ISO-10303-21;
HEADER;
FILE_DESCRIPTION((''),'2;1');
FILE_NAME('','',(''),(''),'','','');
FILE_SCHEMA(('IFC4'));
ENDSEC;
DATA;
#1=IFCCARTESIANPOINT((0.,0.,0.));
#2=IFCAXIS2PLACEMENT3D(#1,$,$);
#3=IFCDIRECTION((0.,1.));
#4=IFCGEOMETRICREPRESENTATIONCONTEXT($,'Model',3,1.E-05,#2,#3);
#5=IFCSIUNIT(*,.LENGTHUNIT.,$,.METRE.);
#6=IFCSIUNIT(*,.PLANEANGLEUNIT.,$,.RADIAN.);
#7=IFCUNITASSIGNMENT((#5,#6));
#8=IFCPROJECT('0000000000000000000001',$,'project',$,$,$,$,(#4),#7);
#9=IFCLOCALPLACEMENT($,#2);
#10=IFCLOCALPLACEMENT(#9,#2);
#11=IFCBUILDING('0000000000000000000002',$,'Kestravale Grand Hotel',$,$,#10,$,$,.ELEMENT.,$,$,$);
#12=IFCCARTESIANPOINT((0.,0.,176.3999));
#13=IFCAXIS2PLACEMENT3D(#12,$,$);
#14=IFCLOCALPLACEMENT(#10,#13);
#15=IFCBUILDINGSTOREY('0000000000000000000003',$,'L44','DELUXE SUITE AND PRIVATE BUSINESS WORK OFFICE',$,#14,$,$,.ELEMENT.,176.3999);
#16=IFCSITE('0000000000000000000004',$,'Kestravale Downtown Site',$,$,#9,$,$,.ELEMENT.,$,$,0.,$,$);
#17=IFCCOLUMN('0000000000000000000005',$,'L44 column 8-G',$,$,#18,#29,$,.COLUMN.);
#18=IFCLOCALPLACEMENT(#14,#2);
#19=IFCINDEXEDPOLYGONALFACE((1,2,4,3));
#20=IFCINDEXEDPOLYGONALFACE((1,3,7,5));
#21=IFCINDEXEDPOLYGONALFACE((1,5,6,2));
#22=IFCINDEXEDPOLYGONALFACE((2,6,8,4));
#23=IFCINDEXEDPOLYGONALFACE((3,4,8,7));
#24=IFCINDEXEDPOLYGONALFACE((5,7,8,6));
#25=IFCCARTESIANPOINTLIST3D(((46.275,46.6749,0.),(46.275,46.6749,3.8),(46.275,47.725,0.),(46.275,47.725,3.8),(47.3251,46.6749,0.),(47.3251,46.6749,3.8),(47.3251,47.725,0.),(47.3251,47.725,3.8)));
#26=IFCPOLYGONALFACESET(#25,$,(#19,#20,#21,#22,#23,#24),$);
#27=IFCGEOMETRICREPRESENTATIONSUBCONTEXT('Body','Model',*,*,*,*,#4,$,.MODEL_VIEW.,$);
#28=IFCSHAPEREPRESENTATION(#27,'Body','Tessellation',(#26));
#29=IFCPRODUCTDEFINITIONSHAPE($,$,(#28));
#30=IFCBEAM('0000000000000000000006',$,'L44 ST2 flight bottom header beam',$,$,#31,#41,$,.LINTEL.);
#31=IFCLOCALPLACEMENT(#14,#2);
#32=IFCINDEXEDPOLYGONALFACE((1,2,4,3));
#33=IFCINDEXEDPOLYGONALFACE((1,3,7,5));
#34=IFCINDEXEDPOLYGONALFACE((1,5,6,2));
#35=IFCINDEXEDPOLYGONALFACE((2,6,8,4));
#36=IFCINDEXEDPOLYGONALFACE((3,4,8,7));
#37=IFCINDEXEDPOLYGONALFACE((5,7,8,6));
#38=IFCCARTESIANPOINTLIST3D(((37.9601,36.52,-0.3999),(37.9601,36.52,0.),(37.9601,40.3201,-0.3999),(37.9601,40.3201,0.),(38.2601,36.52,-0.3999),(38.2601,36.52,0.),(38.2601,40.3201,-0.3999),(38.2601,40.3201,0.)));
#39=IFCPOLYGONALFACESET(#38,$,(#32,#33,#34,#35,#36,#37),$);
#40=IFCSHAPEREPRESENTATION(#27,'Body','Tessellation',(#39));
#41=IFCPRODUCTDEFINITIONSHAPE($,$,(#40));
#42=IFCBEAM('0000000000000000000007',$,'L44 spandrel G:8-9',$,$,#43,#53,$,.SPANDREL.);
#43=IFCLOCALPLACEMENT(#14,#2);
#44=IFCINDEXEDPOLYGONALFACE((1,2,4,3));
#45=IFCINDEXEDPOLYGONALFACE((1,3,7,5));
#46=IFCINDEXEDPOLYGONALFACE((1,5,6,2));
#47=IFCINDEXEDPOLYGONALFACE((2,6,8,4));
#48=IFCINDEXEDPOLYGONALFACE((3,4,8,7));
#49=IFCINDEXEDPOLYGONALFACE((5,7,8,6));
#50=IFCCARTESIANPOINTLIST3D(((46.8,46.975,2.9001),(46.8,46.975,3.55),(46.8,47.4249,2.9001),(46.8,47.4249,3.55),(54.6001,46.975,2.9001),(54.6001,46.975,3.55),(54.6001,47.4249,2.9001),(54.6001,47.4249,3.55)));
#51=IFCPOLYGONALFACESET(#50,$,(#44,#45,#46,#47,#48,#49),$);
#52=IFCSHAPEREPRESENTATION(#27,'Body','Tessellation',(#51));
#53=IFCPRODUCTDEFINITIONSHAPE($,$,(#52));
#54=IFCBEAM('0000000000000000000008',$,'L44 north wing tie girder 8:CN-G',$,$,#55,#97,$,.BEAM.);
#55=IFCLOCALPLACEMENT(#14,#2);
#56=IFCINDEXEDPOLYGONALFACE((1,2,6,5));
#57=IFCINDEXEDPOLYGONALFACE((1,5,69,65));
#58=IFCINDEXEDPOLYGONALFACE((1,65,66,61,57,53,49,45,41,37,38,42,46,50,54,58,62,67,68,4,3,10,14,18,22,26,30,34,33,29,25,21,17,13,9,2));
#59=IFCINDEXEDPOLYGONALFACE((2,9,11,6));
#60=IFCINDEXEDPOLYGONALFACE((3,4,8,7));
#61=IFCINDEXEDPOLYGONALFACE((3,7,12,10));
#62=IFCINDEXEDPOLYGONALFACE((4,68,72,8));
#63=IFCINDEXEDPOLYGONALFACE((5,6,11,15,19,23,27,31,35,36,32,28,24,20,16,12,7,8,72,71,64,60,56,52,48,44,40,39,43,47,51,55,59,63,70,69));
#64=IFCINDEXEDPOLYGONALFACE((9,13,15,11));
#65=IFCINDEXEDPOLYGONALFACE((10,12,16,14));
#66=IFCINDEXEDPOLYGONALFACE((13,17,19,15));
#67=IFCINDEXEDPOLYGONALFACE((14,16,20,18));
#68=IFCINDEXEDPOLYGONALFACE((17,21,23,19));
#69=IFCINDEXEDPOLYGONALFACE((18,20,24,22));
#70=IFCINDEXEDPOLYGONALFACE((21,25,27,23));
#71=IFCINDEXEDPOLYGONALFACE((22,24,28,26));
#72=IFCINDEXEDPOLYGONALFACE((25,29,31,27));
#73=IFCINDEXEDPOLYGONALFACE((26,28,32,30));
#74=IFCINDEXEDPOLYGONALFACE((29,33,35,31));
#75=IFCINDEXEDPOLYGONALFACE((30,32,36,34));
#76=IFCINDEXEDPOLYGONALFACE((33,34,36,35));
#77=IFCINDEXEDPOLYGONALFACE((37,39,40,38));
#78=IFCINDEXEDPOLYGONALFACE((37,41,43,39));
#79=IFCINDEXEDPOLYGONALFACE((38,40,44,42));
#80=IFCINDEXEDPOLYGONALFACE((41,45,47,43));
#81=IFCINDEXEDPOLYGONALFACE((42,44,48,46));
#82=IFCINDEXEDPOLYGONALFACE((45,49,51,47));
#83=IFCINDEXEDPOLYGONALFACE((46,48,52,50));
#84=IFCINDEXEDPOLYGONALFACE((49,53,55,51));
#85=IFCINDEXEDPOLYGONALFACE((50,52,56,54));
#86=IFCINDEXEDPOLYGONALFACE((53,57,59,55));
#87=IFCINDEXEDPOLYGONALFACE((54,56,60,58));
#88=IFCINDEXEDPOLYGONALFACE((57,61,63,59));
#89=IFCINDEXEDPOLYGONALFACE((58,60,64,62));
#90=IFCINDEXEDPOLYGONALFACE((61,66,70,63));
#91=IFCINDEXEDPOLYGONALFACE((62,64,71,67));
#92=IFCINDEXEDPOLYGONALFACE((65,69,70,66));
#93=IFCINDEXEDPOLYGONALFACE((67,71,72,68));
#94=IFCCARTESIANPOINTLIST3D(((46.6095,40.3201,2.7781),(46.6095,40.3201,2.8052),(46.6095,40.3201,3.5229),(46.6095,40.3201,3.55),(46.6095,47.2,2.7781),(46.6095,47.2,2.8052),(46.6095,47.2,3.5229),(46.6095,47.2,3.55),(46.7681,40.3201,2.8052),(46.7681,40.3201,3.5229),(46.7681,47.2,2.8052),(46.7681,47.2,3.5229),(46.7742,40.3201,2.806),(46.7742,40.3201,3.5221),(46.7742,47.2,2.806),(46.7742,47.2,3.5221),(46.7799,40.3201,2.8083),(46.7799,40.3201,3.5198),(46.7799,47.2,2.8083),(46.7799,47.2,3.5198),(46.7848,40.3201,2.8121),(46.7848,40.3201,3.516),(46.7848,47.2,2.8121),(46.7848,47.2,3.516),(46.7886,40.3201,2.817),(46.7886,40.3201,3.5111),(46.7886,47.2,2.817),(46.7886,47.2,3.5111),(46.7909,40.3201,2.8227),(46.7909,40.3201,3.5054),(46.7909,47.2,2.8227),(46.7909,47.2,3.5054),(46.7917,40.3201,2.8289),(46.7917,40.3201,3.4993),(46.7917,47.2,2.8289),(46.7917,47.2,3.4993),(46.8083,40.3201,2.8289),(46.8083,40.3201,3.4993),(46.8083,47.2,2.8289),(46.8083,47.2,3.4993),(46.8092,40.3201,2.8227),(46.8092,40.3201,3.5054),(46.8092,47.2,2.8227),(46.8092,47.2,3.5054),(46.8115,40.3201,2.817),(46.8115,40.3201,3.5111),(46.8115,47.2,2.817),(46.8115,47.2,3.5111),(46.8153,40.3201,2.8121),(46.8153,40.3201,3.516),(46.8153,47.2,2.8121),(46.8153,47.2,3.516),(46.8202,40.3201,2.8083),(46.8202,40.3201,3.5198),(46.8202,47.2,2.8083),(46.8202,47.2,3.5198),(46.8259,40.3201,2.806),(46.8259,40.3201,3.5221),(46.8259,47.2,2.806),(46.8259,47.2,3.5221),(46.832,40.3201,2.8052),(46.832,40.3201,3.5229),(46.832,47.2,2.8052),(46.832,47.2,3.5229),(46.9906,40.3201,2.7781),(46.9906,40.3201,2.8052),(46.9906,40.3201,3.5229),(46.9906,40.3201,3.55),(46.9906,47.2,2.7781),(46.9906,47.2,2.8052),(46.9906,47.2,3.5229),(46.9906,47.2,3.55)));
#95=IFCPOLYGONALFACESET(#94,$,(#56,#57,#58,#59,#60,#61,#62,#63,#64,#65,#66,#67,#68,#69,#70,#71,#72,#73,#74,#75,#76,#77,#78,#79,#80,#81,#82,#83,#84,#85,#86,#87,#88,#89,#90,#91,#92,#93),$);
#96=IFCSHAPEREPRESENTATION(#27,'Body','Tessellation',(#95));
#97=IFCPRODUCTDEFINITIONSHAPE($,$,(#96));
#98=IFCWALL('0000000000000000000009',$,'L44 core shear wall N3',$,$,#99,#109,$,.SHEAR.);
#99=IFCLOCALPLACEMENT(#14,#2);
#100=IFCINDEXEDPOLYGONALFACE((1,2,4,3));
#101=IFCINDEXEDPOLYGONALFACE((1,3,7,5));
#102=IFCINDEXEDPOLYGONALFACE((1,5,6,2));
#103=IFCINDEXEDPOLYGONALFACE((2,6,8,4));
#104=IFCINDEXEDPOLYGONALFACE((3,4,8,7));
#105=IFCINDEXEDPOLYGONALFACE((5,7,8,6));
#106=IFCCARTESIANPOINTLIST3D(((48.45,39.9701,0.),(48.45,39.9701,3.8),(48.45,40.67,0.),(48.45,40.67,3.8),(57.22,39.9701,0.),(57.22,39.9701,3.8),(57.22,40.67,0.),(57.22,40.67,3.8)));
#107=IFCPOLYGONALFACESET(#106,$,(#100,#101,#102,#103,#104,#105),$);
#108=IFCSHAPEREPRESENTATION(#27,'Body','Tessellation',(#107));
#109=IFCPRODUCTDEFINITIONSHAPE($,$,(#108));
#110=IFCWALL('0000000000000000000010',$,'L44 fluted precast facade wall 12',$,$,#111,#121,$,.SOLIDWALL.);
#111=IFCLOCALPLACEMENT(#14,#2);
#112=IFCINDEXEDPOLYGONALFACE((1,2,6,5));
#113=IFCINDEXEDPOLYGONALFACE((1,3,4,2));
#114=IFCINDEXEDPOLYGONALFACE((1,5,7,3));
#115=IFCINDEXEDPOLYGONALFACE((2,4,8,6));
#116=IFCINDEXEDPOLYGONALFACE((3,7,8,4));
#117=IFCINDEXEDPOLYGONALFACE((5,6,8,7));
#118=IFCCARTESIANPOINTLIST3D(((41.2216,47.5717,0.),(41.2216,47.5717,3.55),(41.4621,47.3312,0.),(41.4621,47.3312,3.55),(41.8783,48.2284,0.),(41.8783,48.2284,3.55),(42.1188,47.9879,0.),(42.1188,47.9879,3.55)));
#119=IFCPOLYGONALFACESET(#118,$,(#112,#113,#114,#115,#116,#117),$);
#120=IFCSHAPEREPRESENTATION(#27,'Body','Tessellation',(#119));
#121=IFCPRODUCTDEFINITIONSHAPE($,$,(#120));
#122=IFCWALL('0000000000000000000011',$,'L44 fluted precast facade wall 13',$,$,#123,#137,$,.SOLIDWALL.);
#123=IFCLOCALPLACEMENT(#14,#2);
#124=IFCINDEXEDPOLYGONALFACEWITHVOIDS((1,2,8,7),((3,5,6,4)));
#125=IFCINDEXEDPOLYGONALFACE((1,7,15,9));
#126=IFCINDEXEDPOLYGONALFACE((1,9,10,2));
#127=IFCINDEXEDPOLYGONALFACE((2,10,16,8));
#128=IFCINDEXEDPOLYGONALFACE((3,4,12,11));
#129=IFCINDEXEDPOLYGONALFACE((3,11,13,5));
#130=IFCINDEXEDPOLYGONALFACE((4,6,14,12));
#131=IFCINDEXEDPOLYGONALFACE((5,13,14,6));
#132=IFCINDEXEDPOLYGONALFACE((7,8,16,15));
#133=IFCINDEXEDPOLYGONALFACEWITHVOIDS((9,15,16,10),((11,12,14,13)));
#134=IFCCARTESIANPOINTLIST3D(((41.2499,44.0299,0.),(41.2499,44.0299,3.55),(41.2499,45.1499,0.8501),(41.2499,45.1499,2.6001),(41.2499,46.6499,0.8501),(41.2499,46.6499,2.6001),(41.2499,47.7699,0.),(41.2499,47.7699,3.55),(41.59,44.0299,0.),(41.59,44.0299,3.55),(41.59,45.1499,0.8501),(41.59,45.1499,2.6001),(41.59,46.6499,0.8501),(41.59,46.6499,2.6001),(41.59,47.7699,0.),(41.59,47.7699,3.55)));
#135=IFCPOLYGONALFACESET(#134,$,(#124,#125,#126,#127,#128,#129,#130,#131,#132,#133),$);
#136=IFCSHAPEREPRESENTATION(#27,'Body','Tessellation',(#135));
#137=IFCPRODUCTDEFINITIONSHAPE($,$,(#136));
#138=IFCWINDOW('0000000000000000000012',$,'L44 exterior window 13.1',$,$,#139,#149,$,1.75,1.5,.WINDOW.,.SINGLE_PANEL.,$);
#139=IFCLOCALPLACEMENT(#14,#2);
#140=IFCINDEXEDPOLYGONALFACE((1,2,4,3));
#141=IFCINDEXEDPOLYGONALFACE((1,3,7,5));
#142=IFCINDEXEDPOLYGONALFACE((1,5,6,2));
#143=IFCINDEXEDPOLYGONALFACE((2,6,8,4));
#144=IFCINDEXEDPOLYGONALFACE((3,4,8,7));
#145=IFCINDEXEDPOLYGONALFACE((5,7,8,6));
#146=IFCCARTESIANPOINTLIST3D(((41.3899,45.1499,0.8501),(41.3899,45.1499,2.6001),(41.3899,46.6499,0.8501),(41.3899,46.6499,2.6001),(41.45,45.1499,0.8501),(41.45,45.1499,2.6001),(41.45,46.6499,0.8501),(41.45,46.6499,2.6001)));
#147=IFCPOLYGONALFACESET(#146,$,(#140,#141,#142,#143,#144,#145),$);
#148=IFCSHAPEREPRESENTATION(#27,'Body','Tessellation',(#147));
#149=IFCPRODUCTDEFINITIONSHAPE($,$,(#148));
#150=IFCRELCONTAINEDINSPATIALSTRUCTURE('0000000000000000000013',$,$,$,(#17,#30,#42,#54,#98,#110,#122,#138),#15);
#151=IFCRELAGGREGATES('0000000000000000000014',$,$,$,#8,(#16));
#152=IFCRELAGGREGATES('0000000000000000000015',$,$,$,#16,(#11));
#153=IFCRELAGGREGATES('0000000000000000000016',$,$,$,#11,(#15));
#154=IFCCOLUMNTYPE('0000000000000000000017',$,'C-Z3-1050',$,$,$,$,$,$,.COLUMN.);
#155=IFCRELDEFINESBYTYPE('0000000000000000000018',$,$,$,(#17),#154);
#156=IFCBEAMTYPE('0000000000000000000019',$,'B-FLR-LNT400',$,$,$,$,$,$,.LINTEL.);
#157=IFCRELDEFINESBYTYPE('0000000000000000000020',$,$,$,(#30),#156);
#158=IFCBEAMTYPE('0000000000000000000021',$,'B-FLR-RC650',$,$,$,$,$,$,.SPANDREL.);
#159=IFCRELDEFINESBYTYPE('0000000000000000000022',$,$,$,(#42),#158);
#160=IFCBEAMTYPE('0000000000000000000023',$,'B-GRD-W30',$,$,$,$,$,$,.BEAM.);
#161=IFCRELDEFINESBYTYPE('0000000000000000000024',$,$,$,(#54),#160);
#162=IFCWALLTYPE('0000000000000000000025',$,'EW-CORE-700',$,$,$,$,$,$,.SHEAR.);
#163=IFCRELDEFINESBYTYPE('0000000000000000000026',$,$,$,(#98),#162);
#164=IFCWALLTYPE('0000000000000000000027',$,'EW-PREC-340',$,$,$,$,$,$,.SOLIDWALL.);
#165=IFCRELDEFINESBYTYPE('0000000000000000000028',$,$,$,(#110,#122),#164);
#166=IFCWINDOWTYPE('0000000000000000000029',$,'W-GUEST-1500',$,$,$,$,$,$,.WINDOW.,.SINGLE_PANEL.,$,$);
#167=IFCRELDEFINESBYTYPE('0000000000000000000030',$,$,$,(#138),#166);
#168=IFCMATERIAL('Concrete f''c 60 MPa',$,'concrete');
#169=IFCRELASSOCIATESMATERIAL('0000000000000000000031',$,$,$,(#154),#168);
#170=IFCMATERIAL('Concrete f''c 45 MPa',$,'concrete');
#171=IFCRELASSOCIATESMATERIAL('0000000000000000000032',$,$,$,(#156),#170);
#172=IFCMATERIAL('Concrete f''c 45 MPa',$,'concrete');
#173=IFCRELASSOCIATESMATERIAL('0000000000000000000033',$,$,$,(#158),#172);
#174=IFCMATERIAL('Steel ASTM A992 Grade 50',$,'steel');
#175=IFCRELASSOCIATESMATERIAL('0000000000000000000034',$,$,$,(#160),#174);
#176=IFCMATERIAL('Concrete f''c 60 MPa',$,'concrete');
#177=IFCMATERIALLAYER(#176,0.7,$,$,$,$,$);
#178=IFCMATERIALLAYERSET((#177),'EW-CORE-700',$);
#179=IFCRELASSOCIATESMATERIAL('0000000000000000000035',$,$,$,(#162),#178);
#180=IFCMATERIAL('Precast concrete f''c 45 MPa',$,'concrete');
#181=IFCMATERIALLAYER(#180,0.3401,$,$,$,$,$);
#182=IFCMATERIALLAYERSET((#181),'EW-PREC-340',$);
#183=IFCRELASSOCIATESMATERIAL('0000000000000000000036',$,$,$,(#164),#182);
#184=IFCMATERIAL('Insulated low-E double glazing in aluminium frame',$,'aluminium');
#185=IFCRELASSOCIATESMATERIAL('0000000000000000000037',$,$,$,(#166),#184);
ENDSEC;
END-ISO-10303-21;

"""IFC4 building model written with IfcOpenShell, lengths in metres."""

from ifc_helpers import new_model, si_unit, direction, frame, frame_2d, origin, origin_2d, place, context, subcontext, project, spatial, rectangle, i_section, extrude, material, layer, layer_set, material_profile, profile_set, type_object, element, fill, save


model = new_model("IFC4")

# Units and contexts
model_context = context("Model", 3, precision=1e-05, world=origin(), true_north=direction((0.0, 1.0)))
body_context = subcontext(model_context, "Body", "Model", "MODEL_VIEW")
ifc_project = project(units=[si_unit("LENGTHUNIT", "METRE"), si_unit("PLANEANGLEUNIT", "RADIAN")], contexts=[model_context])

# Site, building, storey
site_placement = place(None, origin())
site = spatial("IfcSite", under=ifc_project, at=site_placement, Name="Kestravale Downtown Site", CompositionType="ELEMENT", RefElevation=0.0)
building_placement = place(site_placement, origin())
building = spatial("IfcBuilding", under=site, at=building_placement, Name="Kestravale Grand Hotel", CompositionType="ELEMENT")
storey_placement = place(building_placement, frame((0.0, 0.0, 176.3999)))
storey = spatial("IfcBuildingStorey", under=building, at=storey_placement, Name="L44", Description="DELUXE SUITE AND PRIVATE BUSINESS WORK OFFICE", CompositionType="ELEMENT", Elevation=176.3999)

# Column
ifc_material_1 = material(Name="Concrete f'c 60 MPa", Category="concrete")
ifc_material_profile_1 = material_profile(ifc_material_1, rectangle(XDim=1.05, YDim=1.05, at=origin_2d()))
ifc_profile_set_1 = profile_set([ifc_material_profile_1], Name="Concrete f'c 60 MPa")
column_type = type_object("IfcColumnType", Name="C-Z3-1050", PredefinedType="COLUMN", material=ifc_profile_set_1)
column_placement = place(storey_placement, frame((46.8, 47.2, 0.0), z_axis=(0.0, 0.0, 1.0), x_axis=(1.0, 0.0, 0.0)))
element("IfcColumn", 1, at=column_placement, inside=storey, type_object=column_type, Name="L44 column 8-G", PredefinedType="COLUMN", context=body_context, shape_type="SweptSolid", body=[
    extrude(rectangle(XDim=1.05, YDim=1.05, at=origin_2d()), origin(), (0.0, 0.0, 1.0), 3.8),
])

# Beams
ifc_material_2 = material(Name="Concrete f'c 45 MPa", Category="concrete")
ifc_material_profile_2 = material_profile(ifc_material_2, rectangle(XDim=0.3, YDim=0.3999, at=origin_2d()))
ifc_profile_set_2 = profile_set([ifc_material_profile_2], Name="Concrete f'c 45 MPa")
beam_type_1 = type_object("IfcBeamType", Name="B-FLR-LNT400", PredefinedType="LINTEL", material=ifc_profile_set_2)
beam_1_placement = place(storey_placement, frame((38.1101, 36.52, -0.2), z_axis=(0.0, 1.0, 0.0), x_axis=(-1.0, 0.0, 0.0)))
element("IfcBeam", 2, at=beam_1_placement, inside=storey, type_object=beam_type_1, Name="L44 ST2 flight bottom header beam", PredefinedType="LINTEL", context=body_context, shape_type="SweptSolid", body=[
    extrude(rectangle(XDim=0.3, YDim=0.3999, at=origin_2d()), origin(), (0.0, 0.0, 1.0), 3.8),
])
ifc_material_3 = material(Name="Concrete f'c 45 MPa", Category="concrete")
ifc_material_profile_3 = material_profile(ifc_material_3, rectangle(XDim=0.45, YDim=0.6499, at=origin_2d()))
ifc_profile_set_3 = profile_set([ifc_material_profile_3], Name="Concrete f'c 45 MPa")
beam_type_2 = type_object("IfcBeamType", Name="B-FLR-RC650", PredefinedType="SPANDREL", material=ifc_profile_set_3)
beam_2_placement = place(storey_placement, frame((46.8, 47.2, 3.2251), z_axis=(1.0, 0.0, 0.0), x_axis=(0.0, 1.0, 0.0)))
element("IfcBeam", 3, at=beam_2_placement, inside=storey, type_object=beam_type_2, Name="L44 spandrel G:8-9", PredefinedType="SPANDREL", context=body_context, shape_type="SweptSolid", body=[
    extrude(rectangle(XDim=0.45, YDim=0.6499, at=origin_2d()), origin(), (0.0, 0.0, 1.0), 7.8),
])
ifc_material_4 = material(Name="Steel ASTM A992 Grade 50", Category="steel")
ifc_material_profile_4 = material_profile(ifc_material_4, i_section(OverallWidth=0.3811, OverallDepth=0.772, WebThickness=0.0166, FlangeThickness=0.0271, FilletRadius=0.0237, at=origin_2d()))
ifc_profile_set_4 = profile_set([ifc_material_profile_4], Name="Steel ASTM A992 Grade 50")
beam_type_3 = type_object("IfcBeamType", Name="B-GRD-W30", PredefinedType="BEAM", material=ifc_profile_set_4)
beam_3_placement = place(storey_placement, frame((46.8, 40.3201, 3.1641), z_axis=(0.0, 1.0, 0.0), x_axis=(-1.0, 0.0, 0.0)))
element("IfcBeam", 4, at=beam_3_placement, inside=storey, type_object=beam_type_3, Name="L44 north wing tie girder 8:CN-G", PredefinedType="BEAM", context=body_context, shape_type="SweptSolid", body=[
    extrude(i_section(OverallWidth=0.3811, OverallDepth=0.772, WebThickness=0.0166, FlangeThickness=0.0271, FilletRadius=0.0237, at=origin_2d()), origin(), (0.0, 0.0, 1.0), 6.8799),
])

# Walls
ifc_material_5 = material(Name="Concrete f'c 60 MPa", Category="concrete")
ifc_layer_1 = layer(ifc_material_5, 0.7)
ifc_layer_set_1 = layer_set([ifc_layer_1], Name="EW-CORE-700")
wall_type_1 = type_object("IfcWallType", Name="EW-CORE-700", PredefinedType="SHEAR", material=ifc_layer_set_1)
wall_1_placement = place(storey_placement, frame((48.45, 40.3201, 0.0), z_axis=(0.0, 0.0, 1.0), x_axis=(1.0, 0.0, 0.0)))
element("IfcWall", 5, at=wall_1_placement, inside=storey, type_object=wall_type_1, Name="L44 core shear wall N3", PredefinedType="SHEAR", context=body_context, shape_type="SweptSolid", body=[
    extrude(rectangle(XDim=8.77, YDim=0.7, at=frame_2d((4.385, 0.0))), origin(), (0.0, 0.0, 1.0), 3.8),
])
ifc_material_6 = material(Name="Precast concrete f'c 45 MPa", Category="concrete")
ifc_layer_2 = layer(ifc_material_6, 0.3401)
ifc_layer_set_2 = layer_set([ifc_layer_2], Name="EW-PREC-340")
wall_type_2 = type_object("IfcWallType", Name="EW-PREC-340", PredefinedType="SOLIDWALL", material=ifc_layer_set_2)
wall_2_placement = place(storey_placement, frame((41.9985, 48.1082, 0.0), z_axis=(0.0, 0.0, 1.0), x_axis=(-0.707107, -0.707107, 0.0)))
element("IfcWall", 6, at=wall_2_placement, inside=storey, type_object=wall_type_2, Name="L44 fluted precast facade wall 12", PredefinedType="SOLIDWALL", context=body_context, shape_type="SweptSolid", body=[
    extrude(rectangle(XDim=0.9287, YDim=0.3401, at=frame_2d((0.4644, 0.0))), origin(), (0.0, 0.0, 1.0), 3.55),
])

# Wall, opening, window
wall_3_placement = place(storey_placement, frame((41.4199, 47.77, 0.0), z_axis=(0.0, 0.0, 1.0), x_axis=(0.0, -1.0, 0.0)))
wall_3 = element("IfcWall", 7, at=wall_3_placement, inside=storey, type_object=wall_type_2, Name="L44 fluted precast facade wall 13", PredefinedType="SOLIDWALL", context=body_context, shape_type="SweptSolid", body=[
    extrude(rectangle(XDim=3.74, YDim=0.3401, at=frame_2d((1.8701, 0.0))), origin(), (0.0, 0.0, 1.0), 3.55),
])
opening_1_placement = place(wall_3_placement, frame((1.1201, 0.0, 0.8501)))
opening_1 = element("IfcOpeningElement", 8, at=opening_1_placement, cuts=wall_3, PredefinedType="OPENING", context=body_context, shape_type="SweptSolid", body=[
    extrude(rectangle(XDim=1.5, YDim=1.75, at=frame_2d((0.75, 0.875))), frame((0.0, 0.1799, 0.0), z_axis=(0.0, -1.0, 0.0), x_axis=(1.0, 0.0, 0.0)), (0.0, 0.0, 1.0), 0.3601),
])
ifc_material_7 = material(Name="Insulated low-E double glazing in aluminium frame", Category="aluminium")
window_type = type_object("IfcWindowType", Name="W-GUEST-1500", PartitioningType="SINGLE_PANEL", PredefinedType="WINDOW", material=ifc_material_7)
window_1_placement = place(opening_1_placement, origin())
window_1 = element("IfcWindow", 9, at=window_1_placement, inside=storey, type_object=window_type, Name="L44 exterior window 13.1", OverallHeight=1.75, OverallWidth=1.5, PartitioningType="SINGLE_PANEL", PredefinedType="WINDOW", context=body_context, shape_type="SweptSolid", body=[
    extrude(rectangle(XDim=1.5, YDim=1.75, at=frame_2d((0.75, 0.875))), frame((0.0, 0.03, 0.0), z_axis=(0.0, -1.0, 0.0), x_axis=(1.0, 0.0, 0.0)), (0.0, 0.0, 1.0), 0.0601),
])
fill(opening_1, window_1)

save(model, "model.ifc")
